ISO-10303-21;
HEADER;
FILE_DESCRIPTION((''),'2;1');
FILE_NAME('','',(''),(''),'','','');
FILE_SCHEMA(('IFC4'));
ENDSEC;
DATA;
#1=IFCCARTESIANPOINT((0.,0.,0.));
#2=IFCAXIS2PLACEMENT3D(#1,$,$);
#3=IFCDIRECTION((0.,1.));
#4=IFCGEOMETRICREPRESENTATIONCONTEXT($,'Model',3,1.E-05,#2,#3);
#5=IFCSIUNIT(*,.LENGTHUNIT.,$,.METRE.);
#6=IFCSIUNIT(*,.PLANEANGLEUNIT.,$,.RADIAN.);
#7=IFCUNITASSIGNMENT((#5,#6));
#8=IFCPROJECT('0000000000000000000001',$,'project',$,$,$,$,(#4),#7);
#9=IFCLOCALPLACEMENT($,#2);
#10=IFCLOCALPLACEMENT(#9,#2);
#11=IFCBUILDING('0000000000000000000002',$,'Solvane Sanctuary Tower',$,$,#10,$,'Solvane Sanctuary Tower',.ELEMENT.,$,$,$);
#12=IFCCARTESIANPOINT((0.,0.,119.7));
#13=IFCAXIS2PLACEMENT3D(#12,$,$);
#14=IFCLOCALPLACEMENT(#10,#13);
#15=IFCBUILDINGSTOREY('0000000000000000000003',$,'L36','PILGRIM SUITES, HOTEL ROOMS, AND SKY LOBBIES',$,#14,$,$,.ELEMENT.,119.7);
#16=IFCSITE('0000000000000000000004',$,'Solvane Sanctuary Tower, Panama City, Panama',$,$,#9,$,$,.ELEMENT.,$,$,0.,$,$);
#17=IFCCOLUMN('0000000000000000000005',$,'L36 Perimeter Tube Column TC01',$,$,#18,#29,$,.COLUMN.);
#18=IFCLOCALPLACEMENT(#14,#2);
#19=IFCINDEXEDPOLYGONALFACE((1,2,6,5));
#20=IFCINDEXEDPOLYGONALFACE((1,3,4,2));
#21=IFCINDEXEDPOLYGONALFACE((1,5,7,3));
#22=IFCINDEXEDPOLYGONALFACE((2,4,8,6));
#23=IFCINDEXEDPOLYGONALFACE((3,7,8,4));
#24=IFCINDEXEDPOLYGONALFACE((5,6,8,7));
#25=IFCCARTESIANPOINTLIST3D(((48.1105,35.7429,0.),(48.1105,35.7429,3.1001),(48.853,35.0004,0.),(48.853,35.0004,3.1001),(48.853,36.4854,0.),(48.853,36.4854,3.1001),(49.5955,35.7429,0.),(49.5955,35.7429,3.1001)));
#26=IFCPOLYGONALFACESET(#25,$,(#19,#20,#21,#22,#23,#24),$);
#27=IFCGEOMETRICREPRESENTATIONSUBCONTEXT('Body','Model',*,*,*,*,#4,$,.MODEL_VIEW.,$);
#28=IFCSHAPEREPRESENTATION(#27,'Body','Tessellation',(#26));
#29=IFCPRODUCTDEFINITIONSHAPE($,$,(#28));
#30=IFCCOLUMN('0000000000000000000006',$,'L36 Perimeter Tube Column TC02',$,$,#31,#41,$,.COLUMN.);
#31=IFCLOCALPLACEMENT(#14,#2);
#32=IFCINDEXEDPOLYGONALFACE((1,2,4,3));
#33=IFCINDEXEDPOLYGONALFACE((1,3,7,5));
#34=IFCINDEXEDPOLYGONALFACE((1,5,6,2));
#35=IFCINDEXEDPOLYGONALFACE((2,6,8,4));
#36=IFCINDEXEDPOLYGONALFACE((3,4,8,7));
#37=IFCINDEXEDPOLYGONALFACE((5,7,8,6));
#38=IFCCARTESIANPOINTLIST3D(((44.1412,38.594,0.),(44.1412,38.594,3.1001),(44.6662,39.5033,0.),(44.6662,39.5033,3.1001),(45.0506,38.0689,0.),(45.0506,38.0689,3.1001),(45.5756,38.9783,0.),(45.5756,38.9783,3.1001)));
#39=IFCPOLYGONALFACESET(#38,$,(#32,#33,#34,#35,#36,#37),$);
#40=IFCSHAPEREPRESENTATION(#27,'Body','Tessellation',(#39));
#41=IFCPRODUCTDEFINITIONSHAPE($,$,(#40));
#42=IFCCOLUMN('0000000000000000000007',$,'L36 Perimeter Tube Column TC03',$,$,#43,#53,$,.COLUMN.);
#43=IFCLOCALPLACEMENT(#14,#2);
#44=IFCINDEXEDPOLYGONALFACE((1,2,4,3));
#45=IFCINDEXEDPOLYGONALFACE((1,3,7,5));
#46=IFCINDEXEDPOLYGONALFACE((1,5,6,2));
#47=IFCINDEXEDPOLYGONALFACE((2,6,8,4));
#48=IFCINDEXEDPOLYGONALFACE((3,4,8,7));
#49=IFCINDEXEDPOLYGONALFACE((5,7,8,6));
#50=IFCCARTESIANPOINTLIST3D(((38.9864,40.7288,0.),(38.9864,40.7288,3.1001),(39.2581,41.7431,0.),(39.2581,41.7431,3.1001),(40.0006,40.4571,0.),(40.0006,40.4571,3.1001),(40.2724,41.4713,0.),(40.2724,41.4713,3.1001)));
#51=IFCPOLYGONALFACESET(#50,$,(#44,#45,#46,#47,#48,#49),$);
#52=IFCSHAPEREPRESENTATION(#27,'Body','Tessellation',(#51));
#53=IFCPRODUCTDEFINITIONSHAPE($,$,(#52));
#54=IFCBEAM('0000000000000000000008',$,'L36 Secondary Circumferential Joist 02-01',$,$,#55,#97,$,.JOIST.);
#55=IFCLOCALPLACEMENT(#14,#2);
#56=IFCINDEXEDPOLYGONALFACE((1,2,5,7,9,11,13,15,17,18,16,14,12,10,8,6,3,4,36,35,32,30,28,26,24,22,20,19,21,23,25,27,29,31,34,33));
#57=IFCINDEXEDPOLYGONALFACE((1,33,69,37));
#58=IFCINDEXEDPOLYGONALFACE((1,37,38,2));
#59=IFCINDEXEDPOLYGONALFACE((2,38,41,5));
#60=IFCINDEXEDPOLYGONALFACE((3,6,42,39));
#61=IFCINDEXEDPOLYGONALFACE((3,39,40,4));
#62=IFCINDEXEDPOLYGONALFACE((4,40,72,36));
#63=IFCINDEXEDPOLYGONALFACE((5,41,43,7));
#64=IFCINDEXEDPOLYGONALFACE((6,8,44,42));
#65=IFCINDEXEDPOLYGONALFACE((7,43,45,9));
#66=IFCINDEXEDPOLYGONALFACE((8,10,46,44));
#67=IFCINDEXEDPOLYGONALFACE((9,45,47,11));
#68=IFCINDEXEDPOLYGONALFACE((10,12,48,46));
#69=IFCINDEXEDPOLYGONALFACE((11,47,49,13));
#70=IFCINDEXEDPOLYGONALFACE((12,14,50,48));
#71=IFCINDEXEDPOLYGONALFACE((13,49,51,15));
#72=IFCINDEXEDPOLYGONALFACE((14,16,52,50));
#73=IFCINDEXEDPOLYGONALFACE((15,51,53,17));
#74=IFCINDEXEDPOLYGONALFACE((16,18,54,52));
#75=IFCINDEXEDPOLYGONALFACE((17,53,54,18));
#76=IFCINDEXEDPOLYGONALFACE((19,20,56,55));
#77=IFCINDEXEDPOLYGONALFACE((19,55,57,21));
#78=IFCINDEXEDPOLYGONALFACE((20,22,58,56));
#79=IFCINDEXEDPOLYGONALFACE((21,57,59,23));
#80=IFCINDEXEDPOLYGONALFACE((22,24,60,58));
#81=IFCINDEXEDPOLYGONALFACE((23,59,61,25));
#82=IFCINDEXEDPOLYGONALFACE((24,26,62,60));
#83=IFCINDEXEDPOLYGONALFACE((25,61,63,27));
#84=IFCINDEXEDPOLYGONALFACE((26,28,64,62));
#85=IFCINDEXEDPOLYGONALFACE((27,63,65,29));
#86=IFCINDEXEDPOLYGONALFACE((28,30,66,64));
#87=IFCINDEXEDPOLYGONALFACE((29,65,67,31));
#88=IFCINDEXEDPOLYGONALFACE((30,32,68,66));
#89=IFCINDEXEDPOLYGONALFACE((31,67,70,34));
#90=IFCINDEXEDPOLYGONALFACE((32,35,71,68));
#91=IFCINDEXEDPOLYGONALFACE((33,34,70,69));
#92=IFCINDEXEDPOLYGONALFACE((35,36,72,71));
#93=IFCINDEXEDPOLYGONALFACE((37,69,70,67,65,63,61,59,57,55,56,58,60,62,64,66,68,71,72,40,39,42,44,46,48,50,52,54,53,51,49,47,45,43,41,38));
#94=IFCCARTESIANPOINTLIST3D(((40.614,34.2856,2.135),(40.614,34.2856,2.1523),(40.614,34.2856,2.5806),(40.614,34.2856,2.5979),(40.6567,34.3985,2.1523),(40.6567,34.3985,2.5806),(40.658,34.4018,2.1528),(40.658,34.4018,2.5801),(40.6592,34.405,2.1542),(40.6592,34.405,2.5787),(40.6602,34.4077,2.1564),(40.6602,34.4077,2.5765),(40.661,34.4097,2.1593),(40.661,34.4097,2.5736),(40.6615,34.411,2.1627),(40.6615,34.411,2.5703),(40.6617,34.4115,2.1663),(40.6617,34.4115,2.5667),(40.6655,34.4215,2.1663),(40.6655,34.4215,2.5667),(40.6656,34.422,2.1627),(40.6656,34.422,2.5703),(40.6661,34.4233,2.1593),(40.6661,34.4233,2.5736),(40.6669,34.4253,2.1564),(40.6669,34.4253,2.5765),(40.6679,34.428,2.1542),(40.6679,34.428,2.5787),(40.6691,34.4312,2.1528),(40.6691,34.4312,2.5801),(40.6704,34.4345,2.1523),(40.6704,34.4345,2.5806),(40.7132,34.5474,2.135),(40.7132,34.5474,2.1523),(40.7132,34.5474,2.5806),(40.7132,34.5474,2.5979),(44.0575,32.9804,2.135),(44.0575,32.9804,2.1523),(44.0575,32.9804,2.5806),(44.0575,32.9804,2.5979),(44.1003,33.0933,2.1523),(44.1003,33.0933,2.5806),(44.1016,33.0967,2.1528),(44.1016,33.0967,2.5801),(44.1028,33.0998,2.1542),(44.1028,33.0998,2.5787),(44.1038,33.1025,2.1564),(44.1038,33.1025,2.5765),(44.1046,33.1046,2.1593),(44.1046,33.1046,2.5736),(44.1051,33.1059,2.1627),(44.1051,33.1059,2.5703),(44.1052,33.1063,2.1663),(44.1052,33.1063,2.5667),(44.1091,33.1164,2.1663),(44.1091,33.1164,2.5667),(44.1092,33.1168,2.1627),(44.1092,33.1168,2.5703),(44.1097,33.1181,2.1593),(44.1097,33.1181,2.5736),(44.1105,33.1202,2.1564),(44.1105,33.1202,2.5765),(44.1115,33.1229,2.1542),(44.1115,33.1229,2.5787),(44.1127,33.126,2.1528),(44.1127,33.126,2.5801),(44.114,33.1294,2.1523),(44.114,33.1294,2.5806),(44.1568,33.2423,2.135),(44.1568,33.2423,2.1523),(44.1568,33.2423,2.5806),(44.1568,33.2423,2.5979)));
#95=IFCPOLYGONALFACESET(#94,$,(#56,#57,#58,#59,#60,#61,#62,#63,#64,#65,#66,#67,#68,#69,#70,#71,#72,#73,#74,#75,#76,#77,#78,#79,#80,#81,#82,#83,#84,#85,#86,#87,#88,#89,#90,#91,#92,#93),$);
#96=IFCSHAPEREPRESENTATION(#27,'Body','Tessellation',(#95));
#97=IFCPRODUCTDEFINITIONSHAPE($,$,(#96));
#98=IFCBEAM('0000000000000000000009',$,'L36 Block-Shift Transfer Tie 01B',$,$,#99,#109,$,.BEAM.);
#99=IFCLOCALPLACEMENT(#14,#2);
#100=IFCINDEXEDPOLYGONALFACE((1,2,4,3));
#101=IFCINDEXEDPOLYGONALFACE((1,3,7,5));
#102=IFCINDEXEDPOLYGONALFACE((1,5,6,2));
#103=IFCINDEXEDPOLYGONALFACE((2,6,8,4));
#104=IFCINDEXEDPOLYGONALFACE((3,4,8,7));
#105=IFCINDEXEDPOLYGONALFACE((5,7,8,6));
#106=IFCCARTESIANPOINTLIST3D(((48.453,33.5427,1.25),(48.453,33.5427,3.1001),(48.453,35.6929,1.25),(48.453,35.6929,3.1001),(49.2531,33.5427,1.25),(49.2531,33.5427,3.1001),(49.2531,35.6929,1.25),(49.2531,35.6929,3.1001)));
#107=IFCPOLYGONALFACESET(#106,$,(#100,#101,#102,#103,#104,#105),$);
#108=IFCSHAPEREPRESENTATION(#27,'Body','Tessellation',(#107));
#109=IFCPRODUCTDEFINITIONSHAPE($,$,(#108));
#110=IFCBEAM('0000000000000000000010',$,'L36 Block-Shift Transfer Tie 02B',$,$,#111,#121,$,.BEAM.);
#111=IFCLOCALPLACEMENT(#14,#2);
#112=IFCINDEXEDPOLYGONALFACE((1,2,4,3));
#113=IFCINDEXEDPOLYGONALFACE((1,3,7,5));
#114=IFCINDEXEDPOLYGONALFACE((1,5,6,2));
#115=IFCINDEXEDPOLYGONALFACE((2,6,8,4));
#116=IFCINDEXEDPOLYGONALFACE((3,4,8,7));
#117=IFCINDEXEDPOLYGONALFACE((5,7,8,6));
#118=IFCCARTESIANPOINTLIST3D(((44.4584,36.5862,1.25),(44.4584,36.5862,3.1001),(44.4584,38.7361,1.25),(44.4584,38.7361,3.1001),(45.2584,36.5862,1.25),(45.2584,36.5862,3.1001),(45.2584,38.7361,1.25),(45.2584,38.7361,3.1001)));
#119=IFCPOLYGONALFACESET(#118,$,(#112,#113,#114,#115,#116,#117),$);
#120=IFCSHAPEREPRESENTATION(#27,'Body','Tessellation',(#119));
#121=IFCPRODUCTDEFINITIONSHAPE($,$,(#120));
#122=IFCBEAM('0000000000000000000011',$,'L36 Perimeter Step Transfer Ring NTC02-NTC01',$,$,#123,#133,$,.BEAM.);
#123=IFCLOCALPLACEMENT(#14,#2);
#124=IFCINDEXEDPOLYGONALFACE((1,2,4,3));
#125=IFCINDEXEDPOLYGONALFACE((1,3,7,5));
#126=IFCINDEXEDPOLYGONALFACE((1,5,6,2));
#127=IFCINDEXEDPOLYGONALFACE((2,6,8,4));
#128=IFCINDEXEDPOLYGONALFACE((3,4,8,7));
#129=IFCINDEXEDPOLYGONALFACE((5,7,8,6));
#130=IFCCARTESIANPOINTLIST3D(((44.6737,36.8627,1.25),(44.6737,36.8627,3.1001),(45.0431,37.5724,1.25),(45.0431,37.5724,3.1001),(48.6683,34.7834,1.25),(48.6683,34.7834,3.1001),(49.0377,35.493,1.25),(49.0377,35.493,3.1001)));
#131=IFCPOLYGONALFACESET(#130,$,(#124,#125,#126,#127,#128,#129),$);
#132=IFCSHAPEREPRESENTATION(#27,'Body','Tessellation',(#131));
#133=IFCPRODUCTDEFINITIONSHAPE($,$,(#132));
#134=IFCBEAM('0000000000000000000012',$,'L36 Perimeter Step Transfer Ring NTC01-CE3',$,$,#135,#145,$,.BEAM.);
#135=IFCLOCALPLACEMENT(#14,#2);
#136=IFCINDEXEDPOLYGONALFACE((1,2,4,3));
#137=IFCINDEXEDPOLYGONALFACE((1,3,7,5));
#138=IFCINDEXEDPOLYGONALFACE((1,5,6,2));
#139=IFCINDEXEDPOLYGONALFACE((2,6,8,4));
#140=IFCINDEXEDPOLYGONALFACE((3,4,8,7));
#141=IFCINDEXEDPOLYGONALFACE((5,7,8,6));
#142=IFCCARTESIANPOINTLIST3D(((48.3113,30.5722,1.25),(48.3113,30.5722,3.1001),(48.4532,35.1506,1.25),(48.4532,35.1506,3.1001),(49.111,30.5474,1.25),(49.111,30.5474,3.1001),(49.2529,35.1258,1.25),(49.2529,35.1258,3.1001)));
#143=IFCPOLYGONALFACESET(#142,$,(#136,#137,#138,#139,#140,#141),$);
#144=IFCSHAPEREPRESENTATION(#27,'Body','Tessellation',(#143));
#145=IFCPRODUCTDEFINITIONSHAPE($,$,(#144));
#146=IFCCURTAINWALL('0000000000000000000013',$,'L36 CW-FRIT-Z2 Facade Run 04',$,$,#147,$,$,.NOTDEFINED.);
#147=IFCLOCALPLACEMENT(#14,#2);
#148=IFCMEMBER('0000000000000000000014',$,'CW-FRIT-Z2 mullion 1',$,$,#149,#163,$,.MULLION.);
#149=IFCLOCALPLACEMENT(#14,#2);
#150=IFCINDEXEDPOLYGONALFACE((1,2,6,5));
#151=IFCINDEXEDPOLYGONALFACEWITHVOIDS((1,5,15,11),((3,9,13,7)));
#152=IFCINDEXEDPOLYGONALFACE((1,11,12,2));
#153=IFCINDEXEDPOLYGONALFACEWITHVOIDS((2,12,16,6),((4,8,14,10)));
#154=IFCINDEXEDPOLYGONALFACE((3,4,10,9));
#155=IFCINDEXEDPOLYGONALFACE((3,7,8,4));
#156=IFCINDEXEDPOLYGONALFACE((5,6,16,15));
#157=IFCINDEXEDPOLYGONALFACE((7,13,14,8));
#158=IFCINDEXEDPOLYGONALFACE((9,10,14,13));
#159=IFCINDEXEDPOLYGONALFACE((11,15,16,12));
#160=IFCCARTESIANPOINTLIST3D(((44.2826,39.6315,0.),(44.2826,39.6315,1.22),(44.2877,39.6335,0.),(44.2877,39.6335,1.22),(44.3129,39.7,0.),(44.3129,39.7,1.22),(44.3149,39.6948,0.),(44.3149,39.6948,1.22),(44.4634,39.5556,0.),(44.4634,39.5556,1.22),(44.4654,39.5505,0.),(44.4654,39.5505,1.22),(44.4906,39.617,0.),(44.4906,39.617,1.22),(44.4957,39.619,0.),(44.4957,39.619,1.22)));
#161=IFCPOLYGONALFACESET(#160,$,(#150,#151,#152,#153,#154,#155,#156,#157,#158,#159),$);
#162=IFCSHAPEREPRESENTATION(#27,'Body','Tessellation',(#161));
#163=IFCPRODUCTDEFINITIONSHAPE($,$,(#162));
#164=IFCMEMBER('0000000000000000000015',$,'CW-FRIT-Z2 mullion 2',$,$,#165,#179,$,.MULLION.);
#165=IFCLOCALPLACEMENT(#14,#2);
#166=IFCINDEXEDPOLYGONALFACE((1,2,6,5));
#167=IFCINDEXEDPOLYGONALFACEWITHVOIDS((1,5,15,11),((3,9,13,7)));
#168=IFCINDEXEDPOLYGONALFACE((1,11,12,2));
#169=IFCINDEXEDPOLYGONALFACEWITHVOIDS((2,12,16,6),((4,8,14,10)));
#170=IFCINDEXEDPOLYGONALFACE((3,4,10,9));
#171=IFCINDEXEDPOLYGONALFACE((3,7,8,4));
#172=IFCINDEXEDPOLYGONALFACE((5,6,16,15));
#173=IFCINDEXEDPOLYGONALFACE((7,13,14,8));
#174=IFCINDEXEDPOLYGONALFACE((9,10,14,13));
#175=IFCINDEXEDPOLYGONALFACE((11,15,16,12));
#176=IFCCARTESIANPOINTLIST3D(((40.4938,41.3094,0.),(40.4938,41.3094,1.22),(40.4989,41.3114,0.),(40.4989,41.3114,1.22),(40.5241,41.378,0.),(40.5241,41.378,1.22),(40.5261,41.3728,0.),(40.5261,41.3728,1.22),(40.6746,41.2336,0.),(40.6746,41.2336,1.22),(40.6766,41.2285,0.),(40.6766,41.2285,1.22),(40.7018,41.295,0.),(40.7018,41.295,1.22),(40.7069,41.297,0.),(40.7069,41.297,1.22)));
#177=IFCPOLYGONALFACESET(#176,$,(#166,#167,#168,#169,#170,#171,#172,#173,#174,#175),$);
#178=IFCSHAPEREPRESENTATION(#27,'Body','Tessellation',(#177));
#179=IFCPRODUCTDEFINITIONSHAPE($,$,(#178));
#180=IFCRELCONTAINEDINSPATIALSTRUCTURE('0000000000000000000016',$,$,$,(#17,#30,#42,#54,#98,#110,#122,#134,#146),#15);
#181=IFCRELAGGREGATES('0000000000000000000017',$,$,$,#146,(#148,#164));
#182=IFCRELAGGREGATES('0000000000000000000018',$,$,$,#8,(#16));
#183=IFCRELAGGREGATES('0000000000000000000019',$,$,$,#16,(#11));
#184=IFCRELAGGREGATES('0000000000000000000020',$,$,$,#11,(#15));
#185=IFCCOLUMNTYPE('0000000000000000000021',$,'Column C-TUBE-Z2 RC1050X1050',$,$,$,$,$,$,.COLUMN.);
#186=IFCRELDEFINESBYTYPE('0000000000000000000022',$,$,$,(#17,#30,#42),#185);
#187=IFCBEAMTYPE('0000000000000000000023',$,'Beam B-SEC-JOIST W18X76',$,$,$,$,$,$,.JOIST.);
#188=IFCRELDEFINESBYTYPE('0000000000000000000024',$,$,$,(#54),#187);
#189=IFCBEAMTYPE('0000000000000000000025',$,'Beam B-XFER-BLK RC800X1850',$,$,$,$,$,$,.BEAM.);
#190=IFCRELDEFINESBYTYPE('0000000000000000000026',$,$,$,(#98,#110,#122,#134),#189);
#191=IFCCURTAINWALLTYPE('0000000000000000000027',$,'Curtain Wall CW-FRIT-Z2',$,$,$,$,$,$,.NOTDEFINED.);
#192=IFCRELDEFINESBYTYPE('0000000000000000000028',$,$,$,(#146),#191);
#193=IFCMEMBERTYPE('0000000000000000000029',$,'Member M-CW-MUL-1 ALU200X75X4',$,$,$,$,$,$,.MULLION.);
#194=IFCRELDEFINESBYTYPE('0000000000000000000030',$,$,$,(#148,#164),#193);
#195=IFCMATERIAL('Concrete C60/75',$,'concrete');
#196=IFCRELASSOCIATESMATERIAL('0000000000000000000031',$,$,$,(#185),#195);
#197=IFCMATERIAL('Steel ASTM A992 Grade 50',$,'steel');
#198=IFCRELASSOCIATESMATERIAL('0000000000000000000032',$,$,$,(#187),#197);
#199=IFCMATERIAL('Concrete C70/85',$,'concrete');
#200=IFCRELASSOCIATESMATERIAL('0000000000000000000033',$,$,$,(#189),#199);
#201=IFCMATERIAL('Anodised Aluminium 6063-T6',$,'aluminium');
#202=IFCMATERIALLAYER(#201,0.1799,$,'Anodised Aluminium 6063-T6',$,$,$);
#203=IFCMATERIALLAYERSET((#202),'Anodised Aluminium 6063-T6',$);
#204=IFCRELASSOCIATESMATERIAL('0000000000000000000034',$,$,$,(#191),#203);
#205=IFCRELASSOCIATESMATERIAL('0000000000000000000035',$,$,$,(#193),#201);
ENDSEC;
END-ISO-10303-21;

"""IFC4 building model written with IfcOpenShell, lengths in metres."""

from ifc_helpers import new_model, si_unit, direction, frame, origin, origin_2d, place, context, subcontext, project, spatial, rectangle, hollow_rectangle, i_section, extrude, material, layer, layer_set, material_profile, profile_set, type_object, element, aggregate, save


model = new_model("IFC4")

# Units and contexts
model_context = context("Model", 3, precision=1e-05, world=origin(), true_north=direction((0.0, 1.0)))
body_context = subcontext(model_context, "Body", "Model", "MODEL_VIEW")
ifc_project = project(units=[si_unit("LENGTHUNIT", "METRE"), si_unit("PLANEANGLEUNIT", "RADIAN")], contexts=[model_context])

# Site, building, storey
site_placement = place(None, origin())
site = spatial("IfcSite", under=ifc_project, at=site_placement, Name="Solvane Sanctuary Tower, Panama City, Panama", CompositionType="ELEMENT", RefElevation=0.0)
building_placement = place(site_placement, origin())
building = spatial("IfcBuilding", under=site, at=building_placement, Name="Solvane Sanctuary Tower", LongName="Solvane Sanctuary Tower", CompositionType="ELEMENT")
storey_placement = place(building_placement, frame((0.0, 0.0, 119.7)))
storey = spatial("IfcBuildingStorey", under=building, at=storey_placement, Name="L36", Description="PILGRIM SUITES, HOTEL ROOMS, AND SKY LOBBIES", CompositionType="ELEMENT", Elevation=119.7)

# Columns
ifc_material_1 = material(Name="Concrete C60/75", Category="concrete")
ifc_material_profile_1 = material_profile(ifc_material_1, rectangle(XDim=1.05, YDim=1.05, at=origin_2d()), Name="RC1050X1050")
ifc_profile_set_1 = profile_set([ifc_material_profile_1], Name="Concrete C60/75")
column_type = type_object("IfcColumnType", Name="Column C-TUBE-Z2 RC1050X1050", PredefinedType="COLUMN", material=ifc_profile_set_1)
for number, where, z_axis, x_axis, name in (
    (1, (48.853, 35.7429, 0.0), (0.0, 0.0, 1.0), (0.707107, 0.707107, 0.0), "L36 Perimeter Tube Column TC01"),
    (2, (44.8584, 38.7861, 0.0), (0.0, 0.0, 1.0), (0.5, 0.866025, 0.0), "L36 Perimeter Tube Column TC02"),
    (3, (39.6294, 41.1001, 0.0), (0.0, 0.0, 1.0), (0.258819, 0.965926, 0.0), "L36 Perimeter Tube Column TC03"),
):
    element("IfcColumn", number, at=place(storey_placement, frame(where, z_axis=z_axis, x_axis=x_axis)), inside=storey, type_object=column_type, Name=name, PredefinedType="COLUMN", context=body_context, shape_type="SweptSolid", body=[
        extrude(rectangle(XDim=1.05, YDim=1.05, at=origin_2d()), origin(), (0.0, 0.0, 1.0), 3.1001),
    ])

# Beams
ifc_material_2 = material(Name="Steel ASTM A992 Grade 50", Category="steel")
ifc_material_profile_2 = material_profile(ifc_material_2, i_section(OverallWidth=0.28, OverallDepth=0.4629, WebThickness=0.0107, FlangeThickness=0.0173, FilletRadius=0.0139, at=origin_2d()), Name="W18X76")
ifc_profile_set_2 = profile_set([ifc_material_profile_2], Name="Steel ASTM A992 Grade 50")
beam_type_1 = type_object("IfcBeamType", Name="Beam B-SEC-JOIST W18X76", PredefinedType="JOIST", material=ifc_profile_set_2)
beam_1_placement = place(storey_placement, frame((40.6636, 34.4165, 2.3665), z_axis=(0.935089, -0.354412, 0.0), x_axis=(0.354412, 0.935089, 0.0)))
element("IfcBeam", 4, at=beam_1_placement, inside=storey, type_object=beam_type_1, Name="L36 Secondary Circumferential Joist 02-01", PredefinedType="JOIST", context=body_context, shape_type="SweptSolid", body=[
    extrude(i_section(OverallWidth=0.28, OverallDepth=0.4629, WebThickness=0.0107, FlangeThickness=0.0173, FilletRadius=0.0139, at=origin_2d()), origin(), (0.0, 0.0, 1.0), 3.6826),
])
ifc_material_3 = material(Name="Concrete C70/85", Category="concrete")
ifc_material_profile_3 = material_profile(ifc_material_3, rectangle(XDim=0.8, YDim=1.8501, at=origin_2d()), Name="RC800X1850")
ifc_profile_set_3 = profile_set([ifc_material_profile_3], Name="Concrete C70/85")
beam_type_2 = type_object("IfcBeamType", Name="Beam B-XFER-BLK RC800X1850", PredefinedType="BEAM", material=ifc_profile_set_3)
beam_2_placement = place(storey_placement, frame((48.853, 35.6929, 2.175), z_axis=(0.0, -1.0, 0.0), x_axis=(1.0, 0.0, 0.0)))
element("IfcBeam", 5, at=beam_2_placement, inside=storey, type_object=beam_type_2, Name="L36 Block-Shift Transfer Tie 01B", PredefinedType="BEAM", context=body_context, shape_type="SweptSolid", body=[
    extrude(rectangle(XDim=0.8, YDim=1.8501, at=origin_2d()), origin(), (0.0, 0.0, 1.0), 2.1501),
])
beam_3_placement = place(storey_placement, frame((44.8584, 38.7361, 2.175), z_axis=(0.0, -1.0, 0.0), x_axis=(1.0, 0.0, 0.0)))
element("IfcBeam", 6, at=beam_3_placement, inside=storey, type_object=beam_type_2, Name="L36 Block-Shift Transfer Tie 02B", PredefinedType="BEAM", context=body_context, shape_type="SweptSolid", body=[
    extrude(rectangle(XDim=0.8, YDim=1.8501, at=origin_2d()), origin(), (0.0, 0.0, 1.0), 2.1499),
])
beam_4_placement = place(storey_placement, frame((44.8584, 37.2175, 2.175), z_axis=(0.887022, -0.461727, 0.0), x_axis=(0.461727, 0.887022, 0.0)))
element("IfcBeam", 7, at=beam_4_placement, inside=storey, type_object=beam_type_2, Name="L36 Perimeter Step Transfer Ring NTC02-NTC01", PredefinedType="BEAM", context=body_context, shape_type="SweptSolid", body=[
    extrude(rectangle(XDim=0.8, YDim=1.8501, at=origin_2d()), origin(), (0.0, 0.0, 1.0), 4.5034),
])
beam_5_placement = place(storey_placement, frame((48.853, 35.1382, 2.175), z_axis=(-0.030967, -0.99952, 0.0), x_axis=(0.99952, -0.030967, 0.0)))
element("IfcBeam", 8, at=beam_5_placement, inside=storey, type_object=beam_type_2, Name="L36 Perimeter Step Transfer Ring NTC01-CE3", PredefinedType="BEAM", context=body_context, shape_type="SweptSolid", body=[
    extrude(rectangle(XDim=0.8, YDim=1.8501, at=origin_2d()), origin(), (0.0, 0.0, 1.0), 4.5806),
])

# Curtain wall, members
ifc_material_4 = material(Name="Anodised Aluminium 6063-T6", Category="aluminium")
ifc_layer_1 = layer(ifc_material_4, 0.1799, Name="Anodised Aluminium 6063-T6")
ifc_layer_set_1 = layer_set([ifc_layer_1], Name="Anodised Aluminium 6063-T6")
curtain_wall_type = type_object("IfcCurtainWallType", Name="Curtain Wall CW-FRIT-Z2", PredefinedType="NOTDEFINED", material=ifc_layer_set_1)
curtain_wall_placement = place(storey_placement, origin())
curtain_wall = element("IfcCurtainWall", 9, at=curtain_wall_placement, inside=storey, type_object=curtain_wall_type, Name="L36 CW-FRIT-Z2 Facade Run 04", PredefinedType="NOTDEFINED")
ifc_material_profile_4 = material_profile(ifc_material_4, hollow_rectangle(XDim=0.075, YDim=0.2, WallThickness=0.0039, at=origin_2d()), Name="ALU200X75X4")
ifc_profile_set_4 = profile_set([ifc_material_profile_4], Name="Anodised Aluminium 6063-T6")
member_type_1 = type_object("IfcMemberType", Name="Member M-CW-MUL-1 ALU200X75X4", PredefinedType="MULLION", material=ifc_profile_set_4)
member_1_placement = place(storey_placement, frame((44.3892, 39.6252, 0.0), z_axis=(0.0, 0.0, 1.0), x_axis=(-0.404951, -0.914339, 0.0)))
member_1 = element("IfcMember", 10, at=member_1_placement, type_object=member_type_1, Name="CW-FRIT-Z2 mullion 1", PredefinedType="MULLION", context=body_context, shape_type="SweptSolid", body=[
    extrude(hollow_rectangle(XDim=0.075, YDim=0.2, WallThickness=0.0039, at=origin_2d()), origin(), (0.0, 0.0, 1.0), 1.22),
])
member_2_placement = place(storey_placement, frame((40.6003, 41.3032, 0.0), z_axis=(0.0, 0.0, 1.0), x_axis=(-0.404951, -0.914339, 0.0)))
member_2 = element("IfcMember", 11, at=member_2_placement, type_object=member_type_1, Name="CW-FRIT-Z2 mullion 2", PredefinedType="MULLION", context=body_context, shape_type="SweptSolid", body=[
    extrude(hollow_rectangle(XDim=0.075, YDim=0.2, WallThickness=0.0039, at=origin_2d()), origin(), (0.0, 0.0, 1.0), 1.22),
])
aggregate(curtain_wall, [member_1, member_2])

save(model, "model.ifc")
